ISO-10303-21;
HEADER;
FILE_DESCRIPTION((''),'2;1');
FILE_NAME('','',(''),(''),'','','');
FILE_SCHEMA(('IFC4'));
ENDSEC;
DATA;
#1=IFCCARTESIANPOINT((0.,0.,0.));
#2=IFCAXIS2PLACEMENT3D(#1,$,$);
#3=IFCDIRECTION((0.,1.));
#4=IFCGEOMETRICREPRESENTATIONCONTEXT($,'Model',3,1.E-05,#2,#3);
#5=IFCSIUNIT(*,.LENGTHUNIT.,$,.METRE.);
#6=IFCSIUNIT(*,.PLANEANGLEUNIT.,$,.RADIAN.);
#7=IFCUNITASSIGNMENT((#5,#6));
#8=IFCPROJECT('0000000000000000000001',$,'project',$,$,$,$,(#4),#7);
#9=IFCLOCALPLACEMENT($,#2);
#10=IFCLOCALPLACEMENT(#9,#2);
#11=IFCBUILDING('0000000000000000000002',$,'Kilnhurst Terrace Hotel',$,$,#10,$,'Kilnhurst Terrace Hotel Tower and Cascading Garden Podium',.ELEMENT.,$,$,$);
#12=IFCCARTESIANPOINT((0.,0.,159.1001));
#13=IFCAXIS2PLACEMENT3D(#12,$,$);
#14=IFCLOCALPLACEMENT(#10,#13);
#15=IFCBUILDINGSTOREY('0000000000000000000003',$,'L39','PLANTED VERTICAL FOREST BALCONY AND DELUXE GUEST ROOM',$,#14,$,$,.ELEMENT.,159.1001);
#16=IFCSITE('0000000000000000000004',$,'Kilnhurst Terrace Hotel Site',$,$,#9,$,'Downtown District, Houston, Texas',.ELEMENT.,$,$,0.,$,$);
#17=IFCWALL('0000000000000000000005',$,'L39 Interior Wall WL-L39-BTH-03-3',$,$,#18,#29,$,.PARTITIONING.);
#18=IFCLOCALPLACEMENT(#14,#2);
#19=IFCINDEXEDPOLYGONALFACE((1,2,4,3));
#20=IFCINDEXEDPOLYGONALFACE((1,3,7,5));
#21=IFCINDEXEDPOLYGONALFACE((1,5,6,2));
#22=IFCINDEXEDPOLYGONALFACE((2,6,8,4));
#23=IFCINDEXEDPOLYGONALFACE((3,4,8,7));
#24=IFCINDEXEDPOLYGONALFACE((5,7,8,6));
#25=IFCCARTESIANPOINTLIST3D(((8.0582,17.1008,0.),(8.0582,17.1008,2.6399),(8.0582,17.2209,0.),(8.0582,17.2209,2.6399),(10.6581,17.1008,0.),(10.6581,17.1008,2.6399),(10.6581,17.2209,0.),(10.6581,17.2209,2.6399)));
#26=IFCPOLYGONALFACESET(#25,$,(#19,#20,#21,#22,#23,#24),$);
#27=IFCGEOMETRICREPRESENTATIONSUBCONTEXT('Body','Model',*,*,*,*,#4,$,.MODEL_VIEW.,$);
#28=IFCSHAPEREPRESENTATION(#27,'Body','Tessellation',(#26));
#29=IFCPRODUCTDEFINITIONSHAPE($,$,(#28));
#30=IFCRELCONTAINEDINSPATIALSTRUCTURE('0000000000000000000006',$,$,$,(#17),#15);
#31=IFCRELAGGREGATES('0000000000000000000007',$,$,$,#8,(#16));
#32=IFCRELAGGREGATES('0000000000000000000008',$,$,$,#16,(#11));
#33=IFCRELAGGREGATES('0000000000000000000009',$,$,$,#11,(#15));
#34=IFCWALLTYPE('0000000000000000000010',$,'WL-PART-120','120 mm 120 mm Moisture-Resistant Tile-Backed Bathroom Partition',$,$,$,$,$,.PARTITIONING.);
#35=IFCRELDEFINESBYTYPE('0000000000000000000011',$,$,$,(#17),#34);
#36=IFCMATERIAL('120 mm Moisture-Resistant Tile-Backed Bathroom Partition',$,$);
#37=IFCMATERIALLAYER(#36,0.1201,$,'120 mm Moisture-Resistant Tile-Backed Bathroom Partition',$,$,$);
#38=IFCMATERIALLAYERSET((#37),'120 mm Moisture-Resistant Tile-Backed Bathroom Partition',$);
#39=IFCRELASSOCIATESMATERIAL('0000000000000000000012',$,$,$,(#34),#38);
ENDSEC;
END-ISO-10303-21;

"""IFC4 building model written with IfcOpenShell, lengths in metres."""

from ifc_helpers import new_model, si_unit, direction, frame, frame_2d, origin, place, context, subcontext, project, spatial, rectangle, extrude, material, layer, layer_set, type_object, element, save


model = new_model("IFC4")

# Units and contexts
model_context = context("Model", 3, precision=1e-05, world=origin(), true_north=direction((0.0, 1.0)))
body_context = subcontext(model_context, "Body", "Model", "MODEL_VIEW")
ifc_project = project(units=[si_unit("LENGTHUNIT", "METRE"), si_unit("PLANEANGLEUNIT", "RADIAN")], contexts=[model_context])

# Site, building, storey
site_placement = place(None, origin())
site = spatial("IfcSite", under=ifc_project, at=site_placement, Name="Kilnhurst Terrace Hotel Site", LongName="Downtown District, Houston, Texas", CompositionType="ELEMENT", RefElevation=0.0)
building_placement = place(site_placement, origin())
building = spatial("IfcBuilding", under=site, at=building_placement, Name="Kilnhurst Terrace Hotel", LongName="Kilnhurst Terrace Hotel Tower and Cascading Garden Podium", CompositionType="ELEMENT")
storey_placement = place(building_placement, frame((0.0, 0.0, 159.1001)))
storey = spatial("IfcBuildingStorey", under=building, at=storey_placement, Name="L39", Description="PLANTED VERTICAL FOREST BALCONY AND DELUXE GUEST ROOM", CompositionType="ELEMENT", Elevation=159.1001)

# Wall
ifc_material_1 = material(Name="120 mm Moisture-Resistant Tile-Backed Bathroom Partition")
ifc_layer_1 = layer(ifc_material_1, 0.1201, Name="120 mm Moisture-Resistant Tile-Backed Bathroom Partition")
ifc_layer_set_1 = layer_set([ifc_layer_1], Name="120 mm Moisture-Resistant Tile-Backed Bathroom Partition")
wall_type_1 = type_object("IfcWallType", Name="WL-PART-120", Description="120 mm 120 mm Moisture-Resistant Tile-Backed Bathroom Partition", PredefinedType="PARTITIONING", material=ifc_layer_set_1)
wall_1_placement = place(storey_placement, frame((10.658, 17.1609, 0.0), z_axis=(0.0, 0.0, 1.0), x_axis=(-1.0, 0.0, 0.0)))
element("IfcWall", 1, at=wall_1_placement, inside=storey, type_object=wall_type_1, Name="L39 Interior Wall WL-L39-BTH-03-3", PredefinedType="PARTITIONING", context=body_context, shape_type="SweptSolid", body=[
    extrude(rectangle(XDim=2.5999, YDim=0.1201, at=frame_2d((1.2998, 0.0))), origin(), (0.0, 0.0, 1.0), 2.6399),
])

save(model, "model.ifc")
